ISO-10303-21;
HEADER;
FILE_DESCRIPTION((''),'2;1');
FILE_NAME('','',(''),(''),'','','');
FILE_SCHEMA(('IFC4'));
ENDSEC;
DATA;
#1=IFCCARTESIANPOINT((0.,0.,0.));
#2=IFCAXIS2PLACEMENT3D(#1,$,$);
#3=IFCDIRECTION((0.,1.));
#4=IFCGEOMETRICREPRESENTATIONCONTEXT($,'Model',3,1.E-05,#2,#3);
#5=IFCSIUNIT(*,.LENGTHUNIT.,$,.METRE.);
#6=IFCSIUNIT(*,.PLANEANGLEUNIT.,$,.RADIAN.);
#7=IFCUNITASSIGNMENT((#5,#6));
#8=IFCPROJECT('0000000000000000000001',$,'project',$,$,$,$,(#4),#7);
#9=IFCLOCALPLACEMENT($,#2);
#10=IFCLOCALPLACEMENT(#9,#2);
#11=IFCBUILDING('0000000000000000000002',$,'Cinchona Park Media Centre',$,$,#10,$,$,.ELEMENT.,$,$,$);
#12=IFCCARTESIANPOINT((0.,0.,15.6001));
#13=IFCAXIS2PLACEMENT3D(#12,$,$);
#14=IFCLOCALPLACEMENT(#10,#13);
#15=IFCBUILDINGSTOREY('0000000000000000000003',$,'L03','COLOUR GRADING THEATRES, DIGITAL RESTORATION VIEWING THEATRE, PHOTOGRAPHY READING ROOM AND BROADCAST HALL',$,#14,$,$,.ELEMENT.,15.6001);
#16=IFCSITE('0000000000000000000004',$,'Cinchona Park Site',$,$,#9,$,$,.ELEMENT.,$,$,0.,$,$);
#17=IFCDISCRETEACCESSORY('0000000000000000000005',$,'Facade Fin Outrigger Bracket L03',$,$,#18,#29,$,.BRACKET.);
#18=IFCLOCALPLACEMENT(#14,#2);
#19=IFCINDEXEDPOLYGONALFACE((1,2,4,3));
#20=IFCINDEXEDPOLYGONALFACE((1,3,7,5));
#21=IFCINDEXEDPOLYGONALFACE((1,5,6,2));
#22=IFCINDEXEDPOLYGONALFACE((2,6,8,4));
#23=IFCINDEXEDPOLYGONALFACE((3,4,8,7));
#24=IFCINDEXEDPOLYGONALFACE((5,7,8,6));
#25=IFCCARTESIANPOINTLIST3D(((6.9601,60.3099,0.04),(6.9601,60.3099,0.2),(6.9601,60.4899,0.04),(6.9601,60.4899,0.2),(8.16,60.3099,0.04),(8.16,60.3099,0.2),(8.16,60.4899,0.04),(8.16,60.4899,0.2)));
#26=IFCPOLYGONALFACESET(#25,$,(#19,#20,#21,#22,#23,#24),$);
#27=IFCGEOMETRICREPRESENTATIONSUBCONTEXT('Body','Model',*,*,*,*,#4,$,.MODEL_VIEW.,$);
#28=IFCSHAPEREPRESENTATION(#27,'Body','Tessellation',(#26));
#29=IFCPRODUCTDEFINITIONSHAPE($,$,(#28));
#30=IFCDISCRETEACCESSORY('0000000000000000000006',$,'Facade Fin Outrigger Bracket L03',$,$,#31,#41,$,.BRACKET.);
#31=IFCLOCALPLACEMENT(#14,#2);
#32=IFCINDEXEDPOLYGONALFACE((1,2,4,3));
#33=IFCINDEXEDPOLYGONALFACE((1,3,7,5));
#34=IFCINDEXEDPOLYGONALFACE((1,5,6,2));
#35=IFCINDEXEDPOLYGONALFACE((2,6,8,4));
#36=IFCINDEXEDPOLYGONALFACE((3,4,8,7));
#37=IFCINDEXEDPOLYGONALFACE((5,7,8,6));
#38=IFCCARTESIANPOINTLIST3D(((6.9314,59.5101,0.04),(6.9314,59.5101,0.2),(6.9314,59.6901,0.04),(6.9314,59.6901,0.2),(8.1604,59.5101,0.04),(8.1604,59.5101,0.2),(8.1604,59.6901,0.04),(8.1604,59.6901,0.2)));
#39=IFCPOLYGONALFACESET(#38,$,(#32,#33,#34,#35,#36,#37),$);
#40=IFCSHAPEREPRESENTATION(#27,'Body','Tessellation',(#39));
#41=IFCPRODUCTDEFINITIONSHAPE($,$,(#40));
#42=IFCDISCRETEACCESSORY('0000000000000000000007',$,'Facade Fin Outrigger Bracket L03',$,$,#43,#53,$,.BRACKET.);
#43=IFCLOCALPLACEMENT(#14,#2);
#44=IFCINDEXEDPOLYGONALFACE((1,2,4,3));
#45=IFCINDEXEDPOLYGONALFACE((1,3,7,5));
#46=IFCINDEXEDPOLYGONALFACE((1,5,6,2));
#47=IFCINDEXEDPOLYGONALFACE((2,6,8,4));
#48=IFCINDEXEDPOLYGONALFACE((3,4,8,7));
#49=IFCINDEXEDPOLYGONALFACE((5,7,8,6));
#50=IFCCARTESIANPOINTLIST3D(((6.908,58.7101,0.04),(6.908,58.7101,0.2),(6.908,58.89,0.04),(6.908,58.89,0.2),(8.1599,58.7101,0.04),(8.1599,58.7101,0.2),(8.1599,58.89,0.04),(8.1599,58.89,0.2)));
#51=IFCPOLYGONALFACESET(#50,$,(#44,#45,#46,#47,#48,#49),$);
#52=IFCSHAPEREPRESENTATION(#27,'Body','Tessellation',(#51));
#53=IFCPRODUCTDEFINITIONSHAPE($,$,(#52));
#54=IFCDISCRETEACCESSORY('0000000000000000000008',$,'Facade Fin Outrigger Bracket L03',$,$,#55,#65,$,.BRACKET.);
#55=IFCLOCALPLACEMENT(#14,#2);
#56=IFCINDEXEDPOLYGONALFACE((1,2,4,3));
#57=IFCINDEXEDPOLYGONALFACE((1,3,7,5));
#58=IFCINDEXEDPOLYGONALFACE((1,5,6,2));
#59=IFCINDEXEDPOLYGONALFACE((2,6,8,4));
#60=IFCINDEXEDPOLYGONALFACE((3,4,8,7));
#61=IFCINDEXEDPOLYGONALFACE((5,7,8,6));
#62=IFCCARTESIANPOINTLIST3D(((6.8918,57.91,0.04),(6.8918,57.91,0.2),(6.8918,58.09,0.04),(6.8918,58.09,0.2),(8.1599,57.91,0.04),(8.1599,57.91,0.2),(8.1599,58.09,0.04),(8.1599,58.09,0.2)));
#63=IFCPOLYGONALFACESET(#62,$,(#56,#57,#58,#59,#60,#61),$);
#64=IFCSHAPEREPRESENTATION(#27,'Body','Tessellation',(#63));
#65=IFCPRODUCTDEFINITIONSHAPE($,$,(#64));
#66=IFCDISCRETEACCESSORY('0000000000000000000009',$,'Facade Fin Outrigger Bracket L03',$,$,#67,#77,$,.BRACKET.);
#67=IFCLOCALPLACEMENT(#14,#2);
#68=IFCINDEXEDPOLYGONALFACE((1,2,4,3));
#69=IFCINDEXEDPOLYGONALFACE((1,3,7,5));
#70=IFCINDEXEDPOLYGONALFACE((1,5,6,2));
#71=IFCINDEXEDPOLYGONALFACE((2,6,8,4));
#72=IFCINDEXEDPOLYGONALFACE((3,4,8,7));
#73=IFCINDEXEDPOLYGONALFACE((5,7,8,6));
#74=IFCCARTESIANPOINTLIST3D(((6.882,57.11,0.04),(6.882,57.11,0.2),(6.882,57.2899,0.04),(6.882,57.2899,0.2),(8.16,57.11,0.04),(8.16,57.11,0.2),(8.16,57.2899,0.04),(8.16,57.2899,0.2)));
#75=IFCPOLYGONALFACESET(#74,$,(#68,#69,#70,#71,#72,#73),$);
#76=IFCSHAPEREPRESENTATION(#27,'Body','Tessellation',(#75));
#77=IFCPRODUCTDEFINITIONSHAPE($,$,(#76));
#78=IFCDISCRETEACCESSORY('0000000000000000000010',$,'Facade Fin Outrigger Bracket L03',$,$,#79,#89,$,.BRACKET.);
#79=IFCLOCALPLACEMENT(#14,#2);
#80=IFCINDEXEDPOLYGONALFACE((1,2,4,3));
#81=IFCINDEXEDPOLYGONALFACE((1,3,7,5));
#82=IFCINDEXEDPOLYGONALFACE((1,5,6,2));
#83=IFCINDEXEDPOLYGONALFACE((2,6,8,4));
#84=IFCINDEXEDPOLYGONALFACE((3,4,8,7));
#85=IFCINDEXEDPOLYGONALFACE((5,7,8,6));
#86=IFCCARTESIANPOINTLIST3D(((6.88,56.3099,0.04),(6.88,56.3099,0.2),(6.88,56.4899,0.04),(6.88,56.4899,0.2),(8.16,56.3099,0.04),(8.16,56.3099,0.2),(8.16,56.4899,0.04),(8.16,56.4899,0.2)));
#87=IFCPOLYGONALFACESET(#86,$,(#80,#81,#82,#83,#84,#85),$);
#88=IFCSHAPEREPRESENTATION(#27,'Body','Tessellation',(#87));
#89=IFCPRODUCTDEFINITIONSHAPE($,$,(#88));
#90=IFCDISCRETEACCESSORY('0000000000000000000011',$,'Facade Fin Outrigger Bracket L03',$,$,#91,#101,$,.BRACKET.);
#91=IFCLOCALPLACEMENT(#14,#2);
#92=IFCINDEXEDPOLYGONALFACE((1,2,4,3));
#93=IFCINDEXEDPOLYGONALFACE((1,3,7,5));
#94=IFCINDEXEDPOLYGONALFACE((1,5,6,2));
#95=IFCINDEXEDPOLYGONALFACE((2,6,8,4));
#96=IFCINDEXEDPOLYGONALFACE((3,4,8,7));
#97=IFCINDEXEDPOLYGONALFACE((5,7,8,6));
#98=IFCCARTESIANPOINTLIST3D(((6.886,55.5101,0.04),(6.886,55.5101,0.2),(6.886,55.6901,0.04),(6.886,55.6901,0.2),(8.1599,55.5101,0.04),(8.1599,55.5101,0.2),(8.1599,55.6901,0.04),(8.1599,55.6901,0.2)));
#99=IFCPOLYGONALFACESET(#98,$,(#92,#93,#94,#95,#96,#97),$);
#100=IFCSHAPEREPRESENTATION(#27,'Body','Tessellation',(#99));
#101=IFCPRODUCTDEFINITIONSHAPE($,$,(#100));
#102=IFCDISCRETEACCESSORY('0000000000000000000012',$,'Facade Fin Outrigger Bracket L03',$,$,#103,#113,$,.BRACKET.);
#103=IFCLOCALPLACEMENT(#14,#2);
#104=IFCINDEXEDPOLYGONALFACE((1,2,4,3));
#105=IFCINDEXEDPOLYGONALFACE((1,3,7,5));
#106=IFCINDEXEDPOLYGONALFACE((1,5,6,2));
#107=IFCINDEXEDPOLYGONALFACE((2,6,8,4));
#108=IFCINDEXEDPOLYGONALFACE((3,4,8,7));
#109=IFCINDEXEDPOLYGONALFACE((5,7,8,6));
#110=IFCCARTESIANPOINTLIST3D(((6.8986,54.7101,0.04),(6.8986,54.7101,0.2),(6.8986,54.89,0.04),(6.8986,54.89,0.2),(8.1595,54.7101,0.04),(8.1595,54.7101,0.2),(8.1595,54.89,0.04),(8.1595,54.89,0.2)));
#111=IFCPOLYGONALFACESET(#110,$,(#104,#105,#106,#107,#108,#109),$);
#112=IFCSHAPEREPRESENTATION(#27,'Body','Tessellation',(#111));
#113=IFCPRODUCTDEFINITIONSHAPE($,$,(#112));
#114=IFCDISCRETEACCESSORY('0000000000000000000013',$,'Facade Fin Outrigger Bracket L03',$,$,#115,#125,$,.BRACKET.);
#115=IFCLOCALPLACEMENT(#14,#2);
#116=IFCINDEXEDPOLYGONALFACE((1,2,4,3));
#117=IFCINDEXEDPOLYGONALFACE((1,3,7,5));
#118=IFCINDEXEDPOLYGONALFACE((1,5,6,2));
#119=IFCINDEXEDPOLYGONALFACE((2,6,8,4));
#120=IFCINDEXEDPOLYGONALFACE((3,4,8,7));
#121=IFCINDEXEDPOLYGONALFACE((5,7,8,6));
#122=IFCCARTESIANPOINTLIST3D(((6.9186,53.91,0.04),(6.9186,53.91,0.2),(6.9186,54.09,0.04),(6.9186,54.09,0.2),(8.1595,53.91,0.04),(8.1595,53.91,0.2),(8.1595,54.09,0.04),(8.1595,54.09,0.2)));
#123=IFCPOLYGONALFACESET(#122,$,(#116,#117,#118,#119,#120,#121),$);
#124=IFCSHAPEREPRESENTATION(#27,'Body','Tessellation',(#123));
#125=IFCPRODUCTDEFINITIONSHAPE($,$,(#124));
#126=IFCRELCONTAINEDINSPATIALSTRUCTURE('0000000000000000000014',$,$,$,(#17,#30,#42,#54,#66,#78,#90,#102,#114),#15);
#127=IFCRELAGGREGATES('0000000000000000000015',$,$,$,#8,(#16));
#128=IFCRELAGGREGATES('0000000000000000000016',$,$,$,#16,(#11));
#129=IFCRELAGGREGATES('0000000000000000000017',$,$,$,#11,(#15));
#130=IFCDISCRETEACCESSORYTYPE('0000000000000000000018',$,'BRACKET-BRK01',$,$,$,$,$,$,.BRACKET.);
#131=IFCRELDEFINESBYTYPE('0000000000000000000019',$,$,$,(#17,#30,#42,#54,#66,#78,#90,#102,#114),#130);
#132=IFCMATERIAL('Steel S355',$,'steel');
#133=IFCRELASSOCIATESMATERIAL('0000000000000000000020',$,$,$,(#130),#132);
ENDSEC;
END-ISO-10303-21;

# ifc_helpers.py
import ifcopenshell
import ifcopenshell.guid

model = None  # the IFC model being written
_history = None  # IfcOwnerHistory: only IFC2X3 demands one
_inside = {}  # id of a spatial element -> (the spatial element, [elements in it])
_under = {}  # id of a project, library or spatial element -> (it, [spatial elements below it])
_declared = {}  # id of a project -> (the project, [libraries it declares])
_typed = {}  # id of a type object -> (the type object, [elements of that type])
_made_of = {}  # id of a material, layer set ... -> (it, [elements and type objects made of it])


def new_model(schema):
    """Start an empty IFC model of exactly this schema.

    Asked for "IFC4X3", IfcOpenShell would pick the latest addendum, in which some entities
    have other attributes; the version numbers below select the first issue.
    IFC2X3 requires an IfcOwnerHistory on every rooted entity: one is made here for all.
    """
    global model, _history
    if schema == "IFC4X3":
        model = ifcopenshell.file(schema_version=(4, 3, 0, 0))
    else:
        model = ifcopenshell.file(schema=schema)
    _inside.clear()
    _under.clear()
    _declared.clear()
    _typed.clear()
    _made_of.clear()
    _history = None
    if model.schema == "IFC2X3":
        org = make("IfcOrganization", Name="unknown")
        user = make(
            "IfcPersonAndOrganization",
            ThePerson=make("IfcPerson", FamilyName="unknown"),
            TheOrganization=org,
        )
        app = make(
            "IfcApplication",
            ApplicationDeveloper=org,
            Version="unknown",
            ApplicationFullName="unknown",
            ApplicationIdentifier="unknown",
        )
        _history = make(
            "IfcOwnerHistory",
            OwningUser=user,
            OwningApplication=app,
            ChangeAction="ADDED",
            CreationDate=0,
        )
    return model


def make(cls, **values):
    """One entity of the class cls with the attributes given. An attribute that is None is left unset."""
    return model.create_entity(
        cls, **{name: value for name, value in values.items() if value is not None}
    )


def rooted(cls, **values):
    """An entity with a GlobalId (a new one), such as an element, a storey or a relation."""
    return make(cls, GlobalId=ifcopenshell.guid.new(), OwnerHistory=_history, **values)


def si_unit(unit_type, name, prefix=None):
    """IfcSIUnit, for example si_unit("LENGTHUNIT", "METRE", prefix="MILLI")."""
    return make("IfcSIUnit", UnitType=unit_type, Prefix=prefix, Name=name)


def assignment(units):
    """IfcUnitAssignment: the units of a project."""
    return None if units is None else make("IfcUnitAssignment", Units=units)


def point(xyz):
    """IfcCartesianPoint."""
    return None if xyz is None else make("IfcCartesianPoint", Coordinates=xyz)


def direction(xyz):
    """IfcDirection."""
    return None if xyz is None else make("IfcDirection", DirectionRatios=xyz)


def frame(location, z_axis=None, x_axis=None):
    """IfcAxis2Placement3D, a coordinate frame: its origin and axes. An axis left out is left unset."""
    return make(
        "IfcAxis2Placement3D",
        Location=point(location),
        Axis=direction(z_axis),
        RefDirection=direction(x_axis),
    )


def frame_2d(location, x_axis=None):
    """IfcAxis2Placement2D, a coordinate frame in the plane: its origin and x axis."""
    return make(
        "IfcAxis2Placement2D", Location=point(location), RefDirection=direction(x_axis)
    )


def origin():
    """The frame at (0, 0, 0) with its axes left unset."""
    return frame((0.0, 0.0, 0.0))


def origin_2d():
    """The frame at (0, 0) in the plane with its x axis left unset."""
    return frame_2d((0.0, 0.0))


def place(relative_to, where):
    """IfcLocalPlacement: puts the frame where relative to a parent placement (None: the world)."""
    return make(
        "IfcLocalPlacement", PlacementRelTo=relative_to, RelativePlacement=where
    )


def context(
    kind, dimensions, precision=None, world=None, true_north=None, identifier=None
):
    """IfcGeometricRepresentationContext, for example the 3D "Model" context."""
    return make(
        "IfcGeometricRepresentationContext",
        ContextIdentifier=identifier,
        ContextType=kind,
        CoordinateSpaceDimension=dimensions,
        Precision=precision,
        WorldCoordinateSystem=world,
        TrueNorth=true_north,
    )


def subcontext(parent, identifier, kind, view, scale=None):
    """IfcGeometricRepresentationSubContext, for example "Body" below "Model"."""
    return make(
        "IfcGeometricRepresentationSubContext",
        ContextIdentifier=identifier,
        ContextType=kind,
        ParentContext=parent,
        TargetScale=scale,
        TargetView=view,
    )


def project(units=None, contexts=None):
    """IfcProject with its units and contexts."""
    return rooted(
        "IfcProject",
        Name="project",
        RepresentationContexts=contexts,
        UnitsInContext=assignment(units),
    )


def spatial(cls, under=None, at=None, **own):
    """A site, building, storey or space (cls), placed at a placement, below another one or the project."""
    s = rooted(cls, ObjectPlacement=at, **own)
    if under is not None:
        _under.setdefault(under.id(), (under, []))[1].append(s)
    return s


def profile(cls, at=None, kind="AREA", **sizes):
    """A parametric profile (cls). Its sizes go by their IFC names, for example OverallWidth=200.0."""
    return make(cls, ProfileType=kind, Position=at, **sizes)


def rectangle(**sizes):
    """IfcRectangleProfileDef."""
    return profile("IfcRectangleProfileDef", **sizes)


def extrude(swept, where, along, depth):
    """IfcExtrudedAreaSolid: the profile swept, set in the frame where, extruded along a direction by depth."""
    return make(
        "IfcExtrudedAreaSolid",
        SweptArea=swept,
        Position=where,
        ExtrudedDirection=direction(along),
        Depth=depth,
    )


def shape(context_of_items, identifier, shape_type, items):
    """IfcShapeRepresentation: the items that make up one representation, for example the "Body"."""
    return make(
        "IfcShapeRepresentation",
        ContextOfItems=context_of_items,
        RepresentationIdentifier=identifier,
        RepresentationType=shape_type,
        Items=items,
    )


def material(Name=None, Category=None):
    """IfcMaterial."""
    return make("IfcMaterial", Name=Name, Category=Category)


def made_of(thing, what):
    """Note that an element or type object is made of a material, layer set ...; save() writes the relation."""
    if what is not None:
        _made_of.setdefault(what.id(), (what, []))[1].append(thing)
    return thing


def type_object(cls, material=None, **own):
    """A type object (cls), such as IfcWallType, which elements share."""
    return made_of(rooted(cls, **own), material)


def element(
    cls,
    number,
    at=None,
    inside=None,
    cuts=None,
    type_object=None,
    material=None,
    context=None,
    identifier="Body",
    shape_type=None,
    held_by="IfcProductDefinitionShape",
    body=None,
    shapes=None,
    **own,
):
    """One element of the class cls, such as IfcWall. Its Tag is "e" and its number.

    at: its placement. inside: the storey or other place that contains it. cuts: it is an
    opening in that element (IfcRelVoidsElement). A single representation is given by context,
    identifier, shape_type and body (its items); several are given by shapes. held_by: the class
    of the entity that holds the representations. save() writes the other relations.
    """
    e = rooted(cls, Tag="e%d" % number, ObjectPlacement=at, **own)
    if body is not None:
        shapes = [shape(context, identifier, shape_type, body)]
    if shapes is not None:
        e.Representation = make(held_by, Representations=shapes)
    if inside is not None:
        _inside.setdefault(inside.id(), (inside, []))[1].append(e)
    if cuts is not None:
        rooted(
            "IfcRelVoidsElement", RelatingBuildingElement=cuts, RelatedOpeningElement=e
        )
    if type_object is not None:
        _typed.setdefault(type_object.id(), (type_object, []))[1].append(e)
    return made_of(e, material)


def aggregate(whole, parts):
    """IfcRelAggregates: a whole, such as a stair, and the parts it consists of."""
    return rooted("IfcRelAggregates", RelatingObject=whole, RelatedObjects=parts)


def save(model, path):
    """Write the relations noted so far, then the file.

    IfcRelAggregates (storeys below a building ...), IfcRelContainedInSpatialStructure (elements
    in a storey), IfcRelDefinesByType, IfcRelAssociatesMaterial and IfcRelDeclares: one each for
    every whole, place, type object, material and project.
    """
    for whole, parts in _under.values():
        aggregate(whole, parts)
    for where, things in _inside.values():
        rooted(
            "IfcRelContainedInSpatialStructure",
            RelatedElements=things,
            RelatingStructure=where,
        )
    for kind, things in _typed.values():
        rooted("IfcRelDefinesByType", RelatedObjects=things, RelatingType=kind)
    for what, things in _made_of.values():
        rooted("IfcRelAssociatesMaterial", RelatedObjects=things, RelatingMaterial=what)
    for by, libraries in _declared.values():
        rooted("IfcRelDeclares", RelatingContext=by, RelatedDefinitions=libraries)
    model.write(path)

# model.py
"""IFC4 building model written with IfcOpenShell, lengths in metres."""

from ifc_helpers import new_model, si_unit, direction, frame, origin, origin_2d, place, context, subcontext, project, spatial, rectangle, extrude, material, type_object, element, save


model = new_model("IFC4")

# Units and contexts
model_context = context("Model", 3, precision=1e-05, world=origin(), true_north=direction((0.0, 1.0)))
body_context = subcontext(model_context, "Body", "Model", "MODEL_VIEW")
ifc_project = project(units=[si_unit("LENGTHUNIT", "METRE"), si_unit("PLANEANGLEUNIT", "RADIAN")], contexts=[model_context])

# Site, building, storey
site_placement = place(None, origin())
site = spatial("IfcSite", under=ifc_project, at=site_placement, Name="Cinchona Park Site", CompositionType="ELEMENT", RefElevation=0.0)
building_placement = place(site_placement, origin())
building = spatial("IfcBuilding", under=site, at=building_placement, Name="Cinchona Park Media Centre", CompositionType="ELEMENT")
storey_placement = place(building_placement, frame((0.0, 0.0, 15.6001)))
storey = spatial("IfcBuildingStorey", under=building, at=storey_placement, Name="L03", Description="COLOUR GRADING THEATRES, DIGITAL RESTORATION VIEWING THEATRE, PHOTOGRAPHY READING ROOM AND BROADCAST HALL", CompositionType="ELEMENT", Elevation=15.6001)

# Discrete accessories
ifc_material_1 = material(Name="Steel S355", Category="steel")
discrete_accessory_type = type_object("IfcDiscreteAccessoryType", Name="BRACKET-BRK01", PredefinedType="BRACKET", material=ifc_material_1)
discrete_accessory_1_placement = place(storey_placement, frame((7.5601, 60.3999, 0.04), z_axis=(0.0, 0.0, 1.0), x_axis=(0.0, -1.0, 0.0)))
element("IfcDiscreteAccessory", 1, at=discrete_accessory_1_placement, inside=storey, type_object=discrete_accessory_type, Name="Facade Fin Outrigger Bracket L03", PredefinedType="BRACKET", context=body_context, shape_type="SweptSolid", body=[
    extrude(rectangle(XDim=0.1799, YDim=1.2, at=origin_2d()), origin(), (0.0, 0.0, 1.0), 0.1599),
])
discrete_accessory_2_placement = place(storey_placement, frame((7.5459, 59.6001, 0.04), z_axis=(0.0, 0.0, 1.0), x_axis=(0.0, -1.0, 0.0)))
element("IfcDiscreteAccessory", 2, at=discrete_accessory_2_placement, inside=storey, type_object=discrete_accessory_type, Name="Facade Fin Outrigger Bracket L03", PredefinedType="BRACKET", context=body_context, shape_type="SweptSolid", body=[
    extrude(rectangle(XDim=0.1799, YDim=1.229, at=origin_2d()), origin(), (0.0, 0.0, 1.0), 0.1599),
])
discrete_accessory_3_placement = place(storey_placement, frame((7.5339, 58.8, 0.04), z_axis=(0.0, 0.0, 1.0), x_axis=(0.0, -1.0, 0.0)))
element("IfcDiscreteAccessory", 3, at=discrete_accessory_3_placement, inside=storey, type_object=discrete_accessory_type, Name="Facade Fin Outrigger Bracket L03", PredefinedType="BRACKET", context=body_context, shape_type="SweptSolid", body=[
    extrude(rectangle(XDim=0.1799, YDim=1.252, at=origin_2d()), origin(), (0.0, 0.0, 1.0), 0.1599),
])
discrete_accessory_4_placement = place(storey_placement, frame((7.5259, 58.0, 0.04), z_axis=(0.0, 0.0, 1.0), x_axis=(0.0, -1.0, 0.0)))
element("IfcDiscreteAccessory", 4, at=discrete_accessory_4_placement, inside=storey, type_object=discrete_accessory_type, Name="Facade Fin Outrigger Bracket L03", PredefinedType="BRACKET", context=body_context, shape_type="SweptSolid", body=[
    extrude(rectangle(XDim=0.1799, YDim=1.2681, at=origin_2d()), origin(), (0.0, 0.0, 1.0), 0.1599),
])
discrete_accessory_5_placement = place(storey_placement, frame((7.521, 57.2, 0.04), z_axis=(0.0, 0.0, 1.0), x_axis=(0.0, -1.0, 0.0)))
element("IfcDiscreteAccessory", 5, at=discrete_accessory_5_placement, inside=storey, type_object=discrete_accessory_type, Name="Facade Fin Outrigger Bracket L03", PredefinedType="BRACKET", context=body_context, shape_type="SweptSolid", body=[
    extrude(rectangle(XDim=0.1799, YDim=1.2781, at=origin_2d()), origin(), (0.0, 0.0, 1.0), 0.1599),
])
discrete_accessory_6_placement = place(storey_placement, frame((7.52, 56.3999, 0.04), z_axis=(0.0, 0.0, 1.0), x_axis=(0.0, -1.0, 0.0)))
element("IfcDiscreteAccessory", 6, at=discrete_accessory_6_placement, inside=storey, type_object=discrete_accessory_type, Name="Facade Fin Outrigger Bracket L03", PredefinedType="BRACKET", context=body_context, shape_type="SweptSolid", body=[
    extrude(rectangle(XDim=0.1799, YDim=1.28, at=origin_2d()), origin(), (0.0, 0.0, 1.0), 0.1599),
])
discrete_accessory_7_placement = place(storey_placement, frame((7.5229, 55.6001, 0.04), z_axis=(0.0, 0.0, 1.0), x_axis=(0.0, -1.0, 0.0)))
element("IfcDiscreteAccessory", 7, at=discrete_accessory_7_placement, inside=storey, type_object=discrete_accessory_type, Name="Facade Fin Outrigger Bracket L03", PredefinedType="BRACKET", context=body_context, shape_type="SweptSolid", body=[
    extrude(rectangle(XDim=0.1799, YDim=1.2739, at=origin_2d()), origin(), (0.0, 0.0, 1.0), 0.1599),
])
discrete_accessory_8_placement = place(storey_placement, frame((7.5291, 54.8, 0.04), z_axis=(0.0, 0.0, 1.0), x_axis=(0.0, -1.0, 0.0)))
element("IfcDiscreteAccessory", 8, at=discrete_accessory_8_placement, inside=storey, type_object=discrete_accessory_type, Name="Facade Fin Outrigger Bracket L03", PredefinedType="BRACKET", context=body_context, shape_type="SweptSolid", body=[
    extrude(rectangle(XDim=0.1799, YDim=1.261, at=origin_2d()), origin(), (0.0, 0.0, 1.0), 0.1599),
])
discrete_accessory_9_placement = place(storey_placement, frame((7.5391, 54.0, 0.04), z_axis=(0.0, 0.0, 1.0), x_axis=(0.0, -1.0, 0.0)))
element("IfcDiscreteAccessory", 9, at=discrete_accessory_9_placement, inside=storey, type_object=discrete_accessory_type, Name="Facade Fin Outrigger Bracket L03", PredefinedType="BRACKET", context=body_context, shape_type="SweptSolid", body=[
    extrude(rectangle(XDim=0.1799, YDim=1.241, at=origin_2d()), origin(), (0.0, 0.0, 1.0), 0.1599),
])

save(model, "model.ifc")
